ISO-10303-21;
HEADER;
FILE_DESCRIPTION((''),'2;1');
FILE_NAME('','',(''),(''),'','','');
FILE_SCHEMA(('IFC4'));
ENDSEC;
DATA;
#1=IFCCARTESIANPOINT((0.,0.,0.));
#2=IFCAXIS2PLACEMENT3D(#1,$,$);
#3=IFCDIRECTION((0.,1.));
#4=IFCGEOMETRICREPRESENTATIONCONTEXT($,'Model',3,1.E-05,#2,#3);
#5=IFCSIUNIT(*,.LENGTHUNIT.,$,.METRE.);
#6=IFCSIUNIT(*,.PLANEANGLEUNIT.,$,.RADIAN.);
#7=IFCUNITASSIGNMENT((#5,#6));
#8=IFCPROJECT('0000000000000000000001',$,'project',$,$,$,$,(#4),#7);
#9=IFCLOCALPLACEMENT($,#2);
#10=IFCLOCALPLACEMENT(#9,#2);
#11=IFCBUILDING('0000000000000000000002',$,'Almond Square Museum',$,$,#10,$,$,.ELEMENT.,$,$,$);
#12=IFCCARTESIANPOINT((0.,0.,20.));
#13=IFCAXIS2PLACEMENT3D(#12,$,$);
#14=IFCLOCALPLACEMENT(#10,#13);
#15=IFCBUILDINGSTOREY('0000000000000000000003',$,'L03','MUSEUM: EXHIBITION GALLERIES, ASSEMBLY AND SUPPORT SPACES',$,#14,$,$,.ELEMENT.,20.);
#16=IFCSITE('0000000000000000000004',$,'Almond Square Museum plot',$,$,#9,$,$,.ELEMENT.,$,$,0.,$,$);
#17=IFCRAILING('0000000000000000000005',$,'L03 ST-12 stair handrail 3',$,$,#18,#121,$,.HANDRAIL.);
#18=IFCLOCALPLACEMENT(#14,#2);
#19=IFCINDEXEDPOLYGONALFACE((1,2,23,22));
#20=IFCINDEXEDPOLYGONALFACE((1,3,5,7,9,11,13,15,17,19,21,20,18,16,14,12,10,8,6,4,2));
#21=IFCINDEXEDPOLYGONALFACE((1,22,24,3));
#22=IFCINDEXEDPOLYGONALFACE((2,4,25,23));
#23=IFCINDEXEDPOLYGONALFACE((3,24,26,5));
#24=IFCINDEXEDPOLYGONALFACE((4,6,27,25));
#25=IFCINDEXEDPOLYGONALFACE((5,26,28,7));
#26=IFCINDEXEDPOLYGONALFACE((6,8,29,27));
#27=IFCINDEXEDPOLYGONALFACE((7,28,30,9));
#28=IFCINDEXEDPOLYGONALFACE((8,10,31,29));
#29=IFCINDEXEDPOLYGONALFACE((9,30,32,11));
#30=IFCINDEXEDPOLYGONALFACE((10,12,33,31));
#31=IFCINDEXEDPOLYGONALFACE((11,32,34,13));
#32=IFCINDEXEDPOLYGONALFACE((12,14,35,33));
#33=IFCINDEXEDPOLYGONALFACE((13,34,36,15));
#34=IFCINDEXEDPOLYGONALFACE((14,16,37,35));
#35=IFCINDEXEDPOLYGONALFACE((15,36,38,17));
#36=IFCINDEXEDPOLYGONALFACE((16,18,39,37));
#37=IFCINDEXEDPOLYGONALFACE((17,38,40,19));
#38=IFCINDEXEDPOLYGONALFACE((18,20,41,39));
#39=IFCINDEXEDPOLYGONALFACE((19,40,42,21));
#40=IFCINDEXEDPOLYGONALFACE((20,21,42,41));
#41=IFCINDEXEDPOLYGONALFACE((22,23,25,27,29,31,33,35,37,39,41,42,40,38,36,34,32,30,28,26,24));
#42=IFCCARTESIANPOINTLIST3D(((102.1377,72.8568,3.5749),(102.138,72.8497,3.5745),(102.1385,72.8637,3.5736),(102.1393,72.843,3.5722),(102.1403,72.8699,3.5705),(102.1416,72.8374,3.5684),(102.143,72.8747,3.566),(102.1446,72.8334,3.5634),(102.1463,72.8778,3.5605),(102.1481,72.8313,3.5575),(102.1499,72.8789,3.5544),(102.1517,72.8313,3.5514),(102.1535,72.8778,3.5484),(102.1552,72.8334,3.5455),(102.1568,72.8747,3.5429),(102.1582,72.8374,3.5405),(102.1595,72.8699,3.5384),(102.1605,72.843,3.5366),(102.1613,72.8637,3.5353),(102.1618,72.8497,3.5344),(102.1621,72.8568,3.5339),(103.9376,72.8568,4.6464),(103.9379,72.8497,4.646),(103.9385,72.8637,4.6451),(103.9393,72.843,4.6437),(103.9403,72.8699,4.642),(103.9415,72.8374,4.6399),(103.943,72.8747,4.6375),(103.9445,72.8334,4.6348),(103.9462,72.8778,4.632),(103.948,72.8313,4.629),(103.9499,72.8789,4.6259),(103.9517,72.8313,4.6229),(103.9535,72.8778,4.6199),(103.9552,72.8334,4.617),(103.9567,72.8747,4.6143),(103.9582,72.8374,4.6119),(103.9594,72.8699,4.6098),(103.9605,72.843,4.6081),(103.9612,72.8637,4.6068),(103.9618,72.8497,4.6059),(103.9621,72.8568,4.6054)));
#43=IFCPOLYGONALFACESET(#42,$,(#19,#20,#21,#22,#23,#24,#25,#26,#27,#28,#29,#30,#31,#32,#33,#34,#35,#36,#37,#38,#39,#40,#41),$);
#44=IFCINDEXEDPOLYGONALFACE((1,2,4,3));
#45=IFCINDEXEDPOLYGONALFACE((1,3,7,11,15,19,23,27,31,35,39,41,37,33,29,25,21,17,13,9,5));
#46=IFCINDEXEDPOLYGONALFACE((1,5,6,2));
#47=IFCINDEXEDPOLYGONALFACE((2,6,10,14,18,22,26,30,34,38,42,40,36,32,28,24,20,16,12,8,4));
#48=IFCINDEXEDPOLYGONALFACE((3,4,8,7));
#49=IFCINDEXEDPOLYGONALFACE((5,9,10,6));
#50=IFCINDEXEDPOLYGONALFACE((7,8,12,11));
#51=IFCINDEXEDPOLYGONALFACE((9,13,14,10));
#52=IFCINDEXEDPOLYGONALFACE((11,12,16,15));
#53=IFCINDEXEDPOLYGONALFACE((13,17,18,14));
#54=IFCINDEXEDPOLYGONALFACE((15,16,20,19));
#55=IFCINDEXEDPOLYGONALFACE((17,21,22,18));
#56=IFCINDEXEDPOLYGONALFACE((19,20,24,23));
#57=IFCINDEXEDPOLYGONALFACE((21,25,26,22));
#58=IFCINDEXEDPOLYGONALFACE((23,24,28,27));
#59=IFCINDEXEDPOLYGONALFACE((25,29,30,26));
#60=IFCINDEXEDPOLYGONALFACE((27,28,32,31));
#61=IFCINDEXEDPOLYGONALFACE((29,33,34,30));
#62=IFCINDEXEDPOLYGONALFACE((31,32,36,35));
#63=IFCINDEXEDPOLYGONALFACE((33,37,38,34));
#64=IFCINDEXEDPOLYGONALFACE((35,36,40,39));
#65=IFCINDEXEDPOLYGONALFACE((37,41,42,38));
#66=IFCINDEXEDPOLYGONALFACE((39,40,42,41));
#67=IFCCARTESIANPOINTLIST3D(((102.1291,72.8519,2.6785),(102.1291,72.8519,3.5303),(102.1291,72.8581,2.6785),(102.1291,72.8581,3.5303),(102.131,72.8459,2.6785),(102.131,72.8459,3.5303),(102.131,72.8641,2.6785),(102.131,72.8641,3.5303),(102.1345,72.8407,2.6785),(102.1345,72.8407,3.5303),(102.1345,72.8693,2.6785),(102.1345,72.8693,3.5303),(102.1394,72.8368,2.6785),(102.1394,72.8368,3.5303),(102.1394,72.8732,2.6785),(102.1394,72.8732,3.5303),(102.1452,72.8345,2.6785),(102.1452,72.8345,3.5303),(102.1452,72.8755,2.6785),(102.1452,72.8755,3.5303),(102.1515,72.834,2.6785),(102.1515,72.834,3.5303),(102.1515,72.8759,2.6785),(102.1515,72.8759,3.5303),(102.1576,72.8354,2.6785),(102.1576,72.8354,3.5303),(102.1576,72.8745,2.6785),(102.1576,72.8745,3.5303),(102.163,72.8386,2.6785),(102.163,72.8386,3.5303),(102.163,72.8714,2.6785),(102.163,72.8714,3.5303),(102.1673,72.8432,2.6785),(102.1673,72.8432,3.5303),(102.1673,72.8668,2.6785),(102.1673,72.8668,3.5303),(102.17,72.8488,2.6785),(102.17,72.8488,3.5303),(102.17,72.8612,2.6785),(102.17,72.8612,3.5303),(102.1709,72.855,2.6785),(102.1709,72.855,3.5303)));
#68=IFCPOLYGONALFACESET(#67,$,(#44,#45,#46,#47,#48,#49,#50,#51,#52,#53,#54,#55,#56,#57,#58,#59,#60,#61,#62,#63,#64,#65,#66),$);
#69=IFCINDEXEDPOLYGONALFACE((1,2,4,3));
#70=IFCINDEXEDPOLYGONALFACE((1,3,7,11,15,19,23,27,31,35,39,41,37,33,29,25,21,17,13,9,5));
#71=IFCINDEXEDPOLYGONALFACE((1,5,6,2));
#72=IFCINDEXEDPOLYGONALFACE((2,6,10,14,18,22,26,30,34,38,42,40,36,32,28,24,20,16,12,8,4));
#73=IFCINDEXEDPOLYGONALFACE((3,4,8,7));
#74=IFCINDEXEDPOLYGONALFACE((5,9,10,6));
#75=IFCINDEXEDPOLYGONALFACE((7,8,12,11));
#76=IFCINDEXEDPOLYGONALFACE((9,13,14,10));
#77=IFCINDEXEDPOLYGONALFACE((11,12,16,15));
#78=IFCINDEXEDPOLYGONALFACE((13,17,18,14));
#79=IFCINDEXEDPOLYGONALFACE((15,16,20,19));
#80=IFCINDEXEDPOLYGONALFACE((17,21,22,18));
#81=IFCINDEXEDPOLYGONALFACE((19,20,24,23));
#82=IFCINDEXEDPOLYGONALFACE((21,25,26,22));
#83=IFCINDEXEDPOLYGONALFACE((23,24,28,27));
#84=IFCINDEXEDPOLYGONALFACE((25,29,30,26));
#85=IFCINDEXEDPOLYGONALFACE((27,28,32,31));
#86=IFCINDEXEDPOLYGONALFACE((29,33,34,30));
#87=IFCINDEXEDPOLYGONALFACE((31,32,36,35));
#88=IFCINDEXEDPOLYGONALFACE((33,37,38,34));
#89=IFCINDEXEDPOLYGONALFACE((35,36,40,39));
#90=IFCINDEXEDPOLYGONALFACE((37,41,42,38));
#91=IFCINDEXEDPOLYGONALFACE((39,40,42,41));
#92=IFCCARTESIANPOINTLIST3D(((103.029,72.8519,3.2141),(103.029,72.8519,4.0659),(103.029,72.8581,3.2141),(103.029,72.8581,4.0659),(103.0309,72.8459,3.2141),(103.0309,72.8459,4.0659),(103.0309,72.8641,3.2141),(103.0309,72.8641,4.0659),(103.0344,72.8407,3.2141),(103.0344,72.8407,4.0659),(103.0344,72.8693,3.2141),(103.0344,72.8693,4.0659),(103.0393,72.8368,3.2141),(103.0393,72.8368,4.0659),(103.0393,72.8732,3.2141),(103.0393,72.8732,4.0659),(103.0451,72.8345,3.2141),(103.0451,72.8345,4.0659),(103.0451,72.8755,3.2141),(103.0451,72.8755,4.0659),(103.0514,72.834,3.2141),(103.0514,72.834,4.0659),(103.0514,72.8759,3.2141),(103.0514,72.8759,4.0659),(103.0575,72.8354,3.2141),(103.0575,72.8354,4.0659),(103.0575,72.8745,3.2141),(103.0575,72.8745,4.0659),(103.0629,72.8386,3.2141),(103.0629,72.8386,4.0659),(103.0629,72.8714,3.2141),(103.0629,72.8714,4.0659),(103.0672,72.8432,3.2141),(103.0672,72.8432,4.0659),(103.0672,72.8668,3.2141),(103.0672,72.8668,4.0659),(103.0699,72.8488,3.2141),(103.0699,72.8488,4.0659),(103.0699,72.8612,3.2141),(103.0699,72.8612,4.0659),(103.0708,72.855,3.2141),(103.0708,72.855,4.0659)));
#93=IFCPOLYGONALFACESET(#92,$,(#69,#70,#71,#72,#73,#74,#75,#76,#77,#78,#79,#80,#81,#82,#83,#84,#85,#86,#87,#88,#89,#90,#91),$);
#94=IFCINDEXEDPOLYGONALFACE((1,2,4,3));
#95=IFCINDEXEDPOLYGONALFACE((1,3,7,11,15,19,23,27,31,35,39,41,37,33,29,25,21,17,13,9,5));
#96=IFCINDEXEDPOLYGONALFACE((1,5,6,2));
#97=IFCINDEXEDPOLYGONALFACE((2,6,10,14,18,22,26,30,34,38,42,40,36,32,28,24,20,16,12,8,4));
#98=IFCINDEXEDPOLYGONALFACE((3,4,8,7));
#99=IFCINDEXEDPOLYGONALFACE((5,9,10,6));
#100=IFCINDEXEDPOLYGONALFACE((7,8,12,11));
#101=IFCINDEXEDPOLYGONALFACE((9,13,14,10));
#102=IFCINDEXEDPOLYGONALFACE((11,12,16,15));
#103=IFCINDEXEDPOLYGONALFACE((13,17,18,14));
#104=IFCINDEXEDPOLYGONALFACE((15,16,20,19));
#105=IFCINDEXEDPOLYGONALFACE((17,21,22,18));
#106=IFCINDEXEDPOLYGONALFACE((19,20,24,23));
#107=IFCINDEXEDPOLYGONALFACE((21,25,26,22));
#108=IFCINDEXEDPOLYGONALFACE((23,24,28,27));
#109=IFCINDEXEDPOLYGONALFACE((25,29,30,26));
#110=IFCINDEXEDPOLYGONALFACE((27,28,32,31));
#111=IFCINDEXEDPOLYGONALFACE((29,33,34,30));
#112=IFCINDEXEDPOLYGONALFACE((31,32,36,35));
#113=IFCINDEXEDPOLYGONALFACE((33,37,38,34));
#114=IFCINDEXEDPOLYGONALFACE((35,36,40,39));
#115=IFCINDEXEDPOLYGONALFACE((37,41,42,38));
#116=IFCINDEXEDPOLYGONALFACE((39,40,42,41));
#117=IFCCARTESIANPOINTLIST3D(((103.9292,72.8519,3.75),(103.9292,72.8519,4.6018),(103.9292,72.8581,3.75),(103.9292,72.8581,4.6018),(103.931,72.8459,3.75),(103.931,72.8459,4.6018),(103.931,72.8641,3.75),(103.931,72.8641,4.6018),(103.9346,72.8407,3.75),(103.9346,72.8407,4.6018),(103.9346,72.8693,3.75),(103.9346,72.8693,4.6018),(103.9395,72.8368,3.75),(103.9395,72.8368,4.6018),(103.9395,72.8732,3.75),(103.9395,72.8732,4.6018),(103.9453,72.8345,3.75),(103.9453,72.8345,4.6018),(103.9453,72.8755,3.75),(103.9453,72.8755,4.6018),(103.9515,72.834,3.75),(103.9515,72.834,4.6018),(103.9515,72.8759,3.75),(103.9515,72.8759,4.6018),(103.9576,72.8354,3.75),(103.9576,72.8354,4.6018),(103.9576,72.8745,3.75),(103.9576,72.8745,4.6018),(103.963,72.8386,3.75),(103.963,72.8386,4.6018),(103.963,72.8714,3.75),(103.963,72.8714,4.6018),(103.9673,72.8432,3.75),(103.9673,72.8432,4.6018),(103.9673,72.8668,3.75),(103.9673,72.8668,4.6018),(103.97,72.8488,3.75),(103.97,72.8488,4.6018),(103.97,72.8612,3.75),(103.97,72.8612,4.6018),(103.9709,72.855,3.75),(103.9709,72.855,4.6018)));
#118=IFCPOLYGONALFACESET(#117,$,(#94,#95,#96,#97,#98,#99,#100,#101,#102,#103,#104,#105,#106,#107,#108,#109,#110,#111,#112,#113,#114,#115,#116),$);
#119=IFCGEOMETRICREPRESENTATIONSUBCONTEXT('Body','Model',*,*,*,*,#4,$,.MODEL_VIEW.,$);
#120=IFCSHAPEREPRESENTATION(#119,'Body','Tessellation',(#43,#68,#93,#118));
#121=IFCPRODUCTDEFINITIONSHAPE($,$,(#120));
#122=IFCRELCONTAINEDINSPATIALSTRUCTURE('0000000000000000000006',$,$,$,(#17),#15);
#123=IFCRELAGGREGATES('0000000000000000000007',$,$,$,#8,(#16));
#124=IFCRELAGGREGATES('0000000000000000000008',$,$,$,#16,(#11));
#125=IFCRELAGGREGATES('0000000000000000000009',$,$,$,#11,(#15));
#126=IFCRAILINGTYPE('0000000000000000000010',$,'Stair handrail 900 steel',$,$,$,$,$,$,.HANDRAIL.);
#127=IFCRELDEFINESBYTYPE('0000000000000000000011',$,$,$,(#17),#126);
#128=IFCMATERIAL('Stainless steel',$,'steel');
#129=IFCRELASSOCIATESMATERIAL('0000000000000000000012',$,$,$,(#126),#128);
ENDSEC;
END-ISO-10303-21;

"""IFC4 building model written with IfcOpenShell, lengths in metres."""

from ifc_helpers import new_model, si_unit, direction, frame, origin, origin_2d, place, context, subcontext, project, spatial, circle, extrude, material, type_object, element, save


model = new_model("IFC4")

# Units and contexts
model_context = context("Model", 3, precision=1e-05, world=origin(), true_north=direction((0.0, 1.0)))
body_context = subcontext(model_context, "Body", "Model", "MODEL_VIEW")
ifc_project = project(units=[si_unit("LENGTHUNIT", "METRE"), si_unit("PLANEANGLEUNIT", "RADIAN")], contexts=[model_context])

# Site, building, storey
site_placement = place(None, origin())
site = spatial("IfcSite", under=ifc_project, at=site_placement, Name="Almond Square Museum plot", CompositionType="ELEMENT", RefElevation=0.0)
building_placement = place(site_placement, origin())
building = spatial("IfcBuilding", under=site, at=building_placement, Name="Almond Square Museum", CompositionType="ELEMENT")
storey_placement = place(building_placement, frame((0.0, 0.0, 20.0)))
storey = spatial("IfcBuildingStorey", under=building, at=storey_placement, Name="L03", Description="MUSEUM: EXHIBITION GALLERIES, ASSEMBLY AND SUPPORT SPACES", CompositionType="ELEMENT", Elevation=20.0)

# Railing
ifc_material_1 = material(Name="Stainless steel", Category="steel")
railing_type_1 = type_object("IfcRailingType", Name="Stair handrail 900 steel", PredefinedType="HANDRAIL", material=ifc_material_1)
for number, where, name in (
    (1, (102.1499, 72.855, 2.6785), "L03 ST-12 stair handrail 3"),
):
    element("IfcRailing", number, at=place(storey_placement, frame(where)), inside=storey, type_object=railing_type_1, Name=name, PredefinedType="HANDRAIL", context=body_context, shape_type="SweptSolid", body=[
        extrude(circle(Radius=0.0239, at=origin_2d()), frame((0.0, 0.0, 0.876), z_axis=(0.859277, 0.0, 0.51151), x_axis=(0.0, 1.0, 0.0)), (0.0, 0.0, 1.0), 2.0947),
        extrude(circle(Radius=0.021, at=origin_2d()), origin(), (0.0, 0.0, 1.0), 0.8518),
        extrude(circle(Radius=0.021, at=origin_2d()), frame((0.8999, 0.0, 0.5356)), (0.0, 0.0, 1.0), 0.8518),
        extrude(circle(Radius=0.021, at=origin_2d()), frame((1.8, 0.0, 1.0715)), (0.0, 0.0, 1.0), 0.8518),
    ])

save(model, "model.ifc")
